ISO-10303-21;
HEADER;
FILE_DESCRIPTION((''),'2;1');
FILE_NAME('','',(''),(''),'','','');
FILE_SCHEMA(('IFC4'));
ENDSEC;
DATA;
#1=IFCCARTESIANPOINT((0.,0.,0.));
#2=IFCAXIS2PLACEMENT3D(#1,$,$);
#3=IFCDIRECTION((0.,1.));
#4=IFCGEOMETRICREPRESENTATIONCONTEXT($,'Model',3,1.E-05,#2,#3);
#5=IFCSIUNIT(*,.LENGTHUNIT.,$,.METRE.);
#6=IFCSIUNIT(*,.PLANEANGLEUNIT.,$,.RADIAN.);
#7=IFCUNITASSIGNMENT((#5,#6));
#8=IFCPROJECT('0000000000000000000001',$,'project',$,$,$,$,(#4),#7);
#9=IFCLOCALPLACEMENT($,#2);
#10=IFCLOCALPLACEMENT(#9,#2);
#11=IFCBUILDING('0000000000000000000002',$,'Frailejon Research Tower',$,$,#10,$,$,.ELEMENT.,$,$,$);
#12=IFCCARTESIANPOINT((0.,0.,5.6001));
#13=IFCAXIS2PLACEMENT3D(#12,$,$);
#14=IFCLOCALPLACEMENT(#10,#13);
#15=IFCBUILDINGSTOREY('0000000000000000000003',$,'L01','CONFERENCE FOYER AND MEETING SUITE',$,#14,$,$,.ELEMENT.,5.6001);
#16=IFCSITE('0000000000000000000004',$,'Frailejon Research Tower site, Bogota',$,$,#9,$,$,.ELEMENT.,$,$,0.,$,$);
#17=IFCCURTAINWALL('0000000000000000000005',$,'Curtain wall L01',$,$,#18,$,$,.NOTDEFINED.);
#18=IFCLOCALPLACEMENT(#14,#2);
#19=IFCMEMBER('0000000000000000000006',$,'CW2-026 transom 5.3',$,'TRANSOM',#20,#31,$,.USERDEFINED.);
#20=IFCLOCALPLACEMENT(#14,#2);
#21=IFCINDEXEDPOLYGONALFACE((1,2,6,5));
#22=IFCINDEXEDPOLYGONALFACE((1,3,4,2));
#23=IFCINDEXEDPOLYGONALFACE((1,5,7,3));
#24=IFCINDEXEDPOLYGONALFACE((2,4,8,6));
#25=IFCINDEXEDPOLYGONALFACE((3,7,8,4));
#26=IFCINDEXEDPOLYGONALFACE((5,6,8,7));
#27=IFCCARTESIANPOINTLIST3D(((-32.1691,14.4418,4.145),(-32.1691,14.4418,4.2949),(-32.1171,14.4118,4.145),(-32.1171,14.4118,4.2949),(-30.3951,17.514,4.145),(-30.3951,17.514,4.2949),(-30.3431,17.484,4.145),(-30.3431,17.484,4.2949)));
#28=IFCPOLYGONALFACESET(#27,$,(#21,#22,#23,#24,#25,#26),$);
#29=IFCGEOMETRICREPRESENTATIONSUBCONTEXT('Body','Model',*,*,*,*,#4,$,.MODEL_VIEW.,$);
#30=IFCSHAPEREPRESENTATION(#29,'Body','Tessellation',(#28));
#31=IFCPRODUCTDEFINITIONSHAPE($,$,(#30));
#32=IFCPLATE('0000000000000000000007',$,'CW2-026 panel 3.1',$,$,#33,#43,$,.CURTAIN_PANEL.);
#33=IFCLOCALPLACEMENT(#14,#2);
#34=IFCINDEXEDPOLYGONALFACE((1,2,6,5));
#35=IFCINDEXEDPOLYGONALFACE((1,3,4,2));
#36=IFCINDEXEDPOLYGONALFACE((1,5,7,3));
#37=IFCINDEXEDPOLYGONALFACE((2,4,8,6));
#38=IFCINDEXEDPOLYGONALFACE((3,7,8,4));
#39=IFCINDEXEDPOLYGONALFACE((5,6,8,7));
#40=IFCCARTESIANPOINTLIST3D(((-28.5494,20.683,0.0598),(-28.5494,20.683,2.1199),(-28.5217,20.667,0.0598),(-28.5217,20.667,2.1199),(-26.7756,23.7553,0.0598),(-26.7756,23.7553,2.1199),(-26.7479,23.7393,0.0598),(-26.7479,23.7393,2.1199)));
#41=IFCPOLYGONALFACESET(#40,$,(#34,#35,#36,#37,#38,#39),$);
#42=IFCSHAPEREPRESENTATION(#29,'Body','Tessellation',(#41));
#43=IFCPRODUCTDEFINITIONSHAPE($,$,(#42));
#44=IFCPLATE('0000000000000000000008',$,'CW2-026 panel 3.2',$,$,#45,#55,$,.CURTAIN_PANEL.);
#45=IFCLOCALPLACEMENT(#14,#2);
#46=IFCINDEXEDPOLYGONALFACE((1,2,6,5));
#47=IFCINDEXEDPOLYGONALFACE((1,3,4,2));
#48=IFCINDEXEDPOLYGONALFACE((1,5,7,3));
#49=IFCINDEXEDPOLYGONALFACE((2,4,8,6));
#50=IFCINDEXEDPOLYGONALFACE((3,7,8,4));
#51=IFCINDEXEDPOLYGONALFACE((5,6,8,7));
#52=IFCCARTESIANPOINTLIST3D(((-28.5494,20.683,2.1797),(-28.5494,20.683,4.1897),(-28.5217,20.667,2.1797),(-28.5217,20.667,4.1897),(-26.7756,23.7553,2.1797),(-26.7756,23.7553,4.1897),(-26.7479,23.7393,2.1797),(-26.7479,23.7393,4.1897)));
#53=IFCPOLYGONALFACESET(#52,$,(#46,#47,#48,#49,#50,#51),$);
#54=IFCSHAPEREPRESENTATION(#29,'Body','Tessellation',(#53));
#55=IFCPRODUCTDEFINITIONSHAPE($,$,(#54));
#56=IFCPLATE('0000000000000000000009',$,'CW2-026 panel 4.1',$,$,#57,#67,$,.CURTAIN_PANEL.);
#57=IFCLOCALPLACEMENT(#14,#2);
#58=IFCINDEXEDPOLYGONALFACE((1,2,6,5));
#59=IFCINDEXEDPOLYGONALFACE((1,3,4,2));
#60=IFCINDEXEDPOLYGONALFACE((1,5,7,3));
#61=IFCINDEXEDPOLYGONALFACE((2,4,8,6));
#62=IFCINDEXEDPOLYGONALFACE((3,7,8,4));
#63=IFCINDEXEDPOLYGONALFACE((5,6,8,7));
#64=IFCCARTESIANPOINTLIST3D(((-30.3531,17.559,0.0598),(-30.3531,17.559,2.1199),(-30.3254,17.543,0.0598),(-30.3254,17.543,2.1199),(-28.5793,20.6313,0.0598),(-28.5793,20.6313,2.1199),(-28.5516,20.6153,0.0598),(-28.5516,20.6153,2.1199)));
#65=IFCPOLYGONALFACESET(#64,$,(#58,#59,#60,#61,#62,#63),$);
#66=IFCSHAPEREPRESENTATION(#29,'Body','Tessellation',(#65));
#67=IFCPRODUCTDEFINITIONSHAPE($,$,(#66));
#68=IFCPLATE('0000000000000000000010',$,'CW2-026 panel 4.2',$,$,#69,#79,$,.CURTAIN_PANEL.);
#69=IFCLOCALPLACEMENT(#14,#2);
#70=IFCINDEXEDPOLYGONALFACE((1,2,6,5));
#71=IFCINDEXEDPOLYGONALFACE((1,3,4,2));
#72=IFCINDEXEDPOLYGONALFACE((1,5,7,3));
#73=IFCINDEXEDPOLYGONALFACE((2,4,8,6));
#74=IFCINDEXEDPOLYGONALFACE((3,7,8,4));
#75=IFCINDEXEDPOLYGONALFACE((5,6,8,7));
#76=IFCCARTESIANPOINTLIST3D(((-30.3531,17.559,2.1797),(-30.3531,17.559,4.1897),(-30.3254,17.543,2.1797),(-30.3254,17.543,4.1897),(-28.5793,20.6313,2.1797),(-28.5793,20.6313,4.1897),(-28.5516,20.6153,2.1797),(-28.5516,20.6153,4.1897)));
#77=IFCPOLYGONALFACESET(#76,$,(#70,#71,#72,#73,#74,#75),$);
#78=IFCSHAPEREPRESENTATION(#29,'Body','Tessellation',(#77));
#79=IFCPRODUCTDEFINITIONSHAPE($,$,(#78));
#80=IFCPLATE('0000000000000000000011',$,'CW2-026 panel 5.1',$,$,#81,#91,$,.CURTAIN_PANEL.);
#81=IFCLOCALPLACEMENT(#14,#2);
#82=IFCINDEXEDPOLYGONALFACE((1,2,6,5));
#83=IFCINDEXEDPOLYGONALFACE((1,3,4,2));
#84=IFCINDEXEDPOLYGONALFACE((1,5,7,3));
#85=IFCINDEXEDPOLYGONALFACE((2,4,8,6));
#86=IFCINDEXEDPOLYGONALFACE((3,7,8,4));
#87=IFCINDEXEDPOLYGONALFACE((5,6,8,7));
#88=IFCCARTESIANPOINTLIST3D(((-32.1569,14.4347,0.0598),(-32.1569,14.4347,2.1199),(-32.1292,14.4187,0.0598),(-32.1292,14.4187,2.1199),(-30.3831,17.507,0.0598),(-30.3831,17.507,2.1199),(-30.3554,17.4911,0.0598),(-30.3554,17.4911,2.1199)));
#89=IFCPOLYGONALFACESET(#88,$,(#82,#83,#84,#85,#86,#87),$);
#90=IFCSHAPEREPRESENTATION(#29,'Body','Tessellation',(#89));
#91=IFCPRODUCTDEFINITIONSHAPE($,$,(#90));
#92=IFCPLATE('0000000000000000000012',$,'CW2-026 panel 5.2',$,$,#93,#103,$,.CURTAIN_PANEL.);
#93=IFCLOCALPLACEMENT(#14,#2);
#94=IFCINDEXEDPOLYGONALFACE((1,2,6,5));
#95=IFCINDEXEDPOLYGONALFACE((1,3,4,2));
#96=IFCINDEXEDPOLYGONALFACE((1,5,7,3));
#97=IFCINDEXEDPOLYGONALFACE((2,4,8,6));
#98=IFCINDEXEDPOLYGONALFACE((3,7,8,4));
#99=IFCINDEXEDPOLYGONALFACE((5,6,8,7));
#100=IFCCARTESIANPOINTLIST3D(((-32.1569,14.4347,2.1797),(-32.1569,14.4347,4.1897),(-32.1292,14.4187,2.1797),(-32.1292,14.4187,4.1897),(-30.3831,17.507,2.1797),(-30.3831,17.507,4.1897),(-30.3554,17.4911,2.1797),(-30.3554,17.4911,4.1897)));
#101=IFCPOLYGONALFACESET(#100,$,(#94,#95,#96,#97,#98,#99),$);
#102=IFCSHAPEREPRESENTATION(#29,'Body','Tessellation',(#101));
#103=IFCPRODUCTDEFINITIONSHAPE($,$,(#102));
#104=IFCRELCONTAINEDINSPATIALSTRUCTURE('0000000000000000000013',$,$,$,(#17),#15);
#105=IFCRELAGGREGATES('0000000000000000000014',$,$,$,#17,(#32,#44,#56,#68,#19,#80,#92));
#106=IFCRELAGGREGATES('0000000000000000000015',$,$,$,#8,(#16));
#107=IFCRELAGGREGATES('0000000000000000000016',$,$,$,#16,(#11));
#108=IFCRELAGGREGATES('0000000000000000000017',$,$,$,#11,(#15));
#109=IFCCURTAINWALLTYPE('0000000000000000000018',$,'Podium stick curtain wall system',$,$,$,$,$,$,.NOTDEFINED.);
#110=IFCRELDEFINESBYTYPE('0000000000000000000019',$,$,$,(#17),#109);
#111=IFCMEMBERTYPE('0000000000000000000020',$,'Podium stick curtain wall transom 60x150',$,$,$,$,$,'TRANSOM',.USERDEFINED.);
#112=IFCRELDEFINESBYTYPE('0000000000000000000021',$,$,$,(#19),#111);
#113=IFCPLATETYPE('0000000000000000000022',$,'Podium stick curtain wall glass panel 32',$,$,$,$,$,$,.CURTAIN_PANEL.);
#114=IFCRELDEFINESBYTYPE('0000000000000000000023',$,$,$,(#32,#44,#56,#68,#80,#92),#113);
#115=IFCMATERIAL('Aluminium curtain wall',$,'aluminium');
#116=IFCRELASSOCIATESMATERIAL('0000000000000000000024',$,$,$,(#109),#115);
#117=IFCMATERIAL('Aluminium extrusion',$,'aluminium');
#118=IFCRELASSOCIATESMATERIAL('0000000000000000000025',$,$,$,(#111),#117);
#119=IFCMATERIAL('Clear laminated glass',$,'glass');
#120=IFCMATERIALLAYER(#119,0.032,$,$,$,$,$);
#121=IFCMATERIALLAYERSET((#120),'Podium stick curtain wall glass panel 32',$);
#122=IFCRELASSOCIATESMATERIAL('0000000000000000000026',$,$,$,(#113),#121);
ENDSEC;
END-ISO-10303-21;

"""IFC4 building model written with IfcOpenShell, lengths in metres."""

from ifc_helpers import new_model, si_unit, direction, frame, origin, origin_2d, place, context, subcontext, project, spatial, rectangle, extrude, material, layer, layer_set, material_profile, profile_set, type_object, element, aggregate, save


model = new_model("IFC4")

# Units and contexts
model_context = context("Model", 3, precision=1e-05, world=origin(), true_north=direction((0.0, 1.0)))
body_context = subcontext(model_context, "Body", "Model", "MODEL_VIEW")
ifc_project = project(units=[si_unit("LENGTHUNIT", "METRE"), si_unit("PLANEANGLEUNIT", "RADIAN")], contexts=[model_context])

# Site, building, storey
site_placement = place(None, origin())
site = spatial("IfcSite", under=ifc_project, at=site_placement, Name="Frailejon Research Tower site, Bogota", CompositionType="ELEMENT", RefElevation=0.0)
building_placement = place(site_placement, origin())
building = spatial("IfcBuilding", under=site, at=building_placement, Name="Frailejon Research Tower", CompositionType="ELEMENT")
storey_placement = place(building_placement, frame((0.0, 0.0, 5.6001)))
storey = spatial("IfcBuildingStorey", under=building, at=storey_placement, Name="L01", Description="CONFERENCE FOYER AND MEETING SUITE", CompositionType="ELEMENT", Elevation=5.6001)

# Curtain wall, member, plates
ifc_material_1 = material(Name="Aluminium curtain wall", Category="aluminium")
curtain_wall_type = type_object("IfcCurtainWallType", Name="Podium stick curtain wall system", PredefinedType="NOTDEFINED", material=ifc_material_1)
curtain_wall_placement = place(storey_placement, origin())
curtain_wall = element("IfcCurtainWall", 1, at=curtain_wall_placement, inside=storey, type_object=curtain_wall_type, Name="Curtain wall L01", PredefinedType="NOTDEFINED")
ifc_material_2 = material(Name="Aluminium extrusion", Category="aluminium")
ifc_material_profile_1 = material_profile(ifc_material_2, rectangle(XDim=0.0601, YDim=0.1499, at=origin_2d()), Name="Podium stick curtain wall transom 60x150")
ifc_profile_set_1 = profile_set([ifc_material_profile_1], Name="Aluminium extrusion")
member_type_1 = type_object("IfcMemberType", Name="Podium stick curtain wall transom 60x150", ElementType="TRANSOM", PredefinedType="USERDEFINED", material=ifc_profile_set_1)
member_1_placement = place(storey_placement, frame((-30.3691, 17.499, 4.22), z_axis=(-0.500032, -0.866007, 0.0), x_axis=(0.866007, -0.500032, 0.0)))
member_1 = element("IfcMember", 2, at=member_1_placement, type_object=member_type_1, Name="CW2-026 transom 5.3", ObjectType="TRANSOM", PredefinedType="USERDEFINED", context=body_context, shape_type="SweptSolid", body=[
    extrude(rectangle(XDim=0.0601, YDim=0.1499, at=origin_2d()), origin(), (0.0, 0.0, 1.0), 3.5476),
])
ifc_material_3 = material(Name="Clear laminated glass", Category="glass")
ifc_layer = layer(ifc_material_3, 0.032)
ifc_layer_set = layer_set([ifc_layer], Name="Podium stick curtain wall glass panel 32")
plate_type = type_object("IfcPlateType", Name="Podium stick curtain wall glass panel 32", PredefinedType="CURTAIN_PANEL", material=ifc_layer_set)
plate_1_placement = place(storey_placement, frame((-27.6487, 22.2112, 0.0598), z_axis=(0.0, 0.0, 1.0), x_axis=(-0.499998, -0.866026, 0.0)))
plate_1 = element("IfcPlate", 3, at=plate_1_placement, type_object=plate_type, Name="CW2-026 panel 3.1", PredefinedType="CURTAIN_PANEL", context=body_context, shape_type="SweptSolid", body=[
    extrude(rectangle(XDim=3.5476, YDim=0.032, at=origin_2d()), origin(), (0.0, 0.0, 1.0), 2.0601),
])
plate_2_placement = place(storey_placement, frame((-27.6487, 22.2112, 2.1797), z_axis=(0.0, 0.0, 1.0), x_axis=(-0.499998, -0.866026, 0.0)))
plate_2 = element("IfcPlate", 4, at=plate_2_placement, type_object=plate_type, Name="CW2-026 panel 3.2", PredefinedType="CURTAIN_PANEL", context=body_context, shape_type="SweptSolid", body=[
    extrude(rectangle(XDim=3.5476, YDim=0.032, at=origin_2d()), origin(), (0.0, 0.0, 1.0), 2.01),
])
plate_3_placement = place(storey_placement, frame((-29.4524, 19.0872, 0.0598), z_axis=(0.0, 0.0, 1.0), x_axis=(-0.499998, -0.866026, 0.0)))
plate_3 = element("IfcPlate", 5, at=plate_3_placement, type_object=plate_type, Name="CW2-026 panel 4.1", PredefinedType="CURTAIN_PANEL", context=body_context, shape_type="SweptSolid", body=[
    extrude(rectangle(XDim=3.5476, YDim=0.032, at=origin_2d()), origin(), (0.0, 0.0, 1.0), 2.0601),
])
plate_4_placement = place(storey_placement, frame((-29.4524, 19.0872, 2.1797), z_axis=(0.0, 0.0, 1.0), x_axis=(-0.499998, -0.866026, 0.0)))
plate_4 = element("IfcPlate", 6, at=plate_4_placement, type_object=plate_type, Name="CW2-026 panel 4.2", PredefinedType="CURTAIN_PANEL", context=body_context, shape_type="SweptSolid", body=[
    extrude(rectangle(XDim=3.5476, YDim=0.032, at=origin_2d()), origin(), (0.0, 0.0, 1.0), 2.01),
])
plate_5_placement = place(storey_placement, frame((-31.2561, 15.9629, 0.0598), z_axis=(0.0, 0.0, 1.0), x_axis=(-0.499998, -0.866026, 0.0)))
plate_5 = element("IfcPlate", 7, at=plate_5_placement, type_object=plate_type, Name="CW2-026 panel 5.1", PredefinedType="CURTAIN_PANEL", context=body_context, shape_type="SweptSolid", body=[
    extrude(rectangle(XDim=3.5476, YDim=0.032, at=origin_2d()), origin(), (0.0, 0.0, 1.0), 2.0601),
])
plate_6_placement = place(storey_placement, frame((-31.2561, 15.9629, 2.1797), z_axis=(0.0, 0.0, 1.0), x_axis=(-0.499998, -0.866026, 0.0)))
plate_6 = element("IfcPlate", 8, at=plate_6_placement, type_object=plate_type, Name="CW2-026 panel 5.2", PredefinedType="CURTAIN_PANEL", context=body_context, shape_type="SweptSolid", body=[
    extrude(rectangle(XDim=3.5476, YDim=0.032, at=origin_2d()), origin(), (0.0, 0.0, 1.0), 2.01),
])
aggregate(curtain_wall, [plate_1, plate_2, plate_3, plate_4, member_1, plate_5, plate_6])

save(model, "model.ifc")
